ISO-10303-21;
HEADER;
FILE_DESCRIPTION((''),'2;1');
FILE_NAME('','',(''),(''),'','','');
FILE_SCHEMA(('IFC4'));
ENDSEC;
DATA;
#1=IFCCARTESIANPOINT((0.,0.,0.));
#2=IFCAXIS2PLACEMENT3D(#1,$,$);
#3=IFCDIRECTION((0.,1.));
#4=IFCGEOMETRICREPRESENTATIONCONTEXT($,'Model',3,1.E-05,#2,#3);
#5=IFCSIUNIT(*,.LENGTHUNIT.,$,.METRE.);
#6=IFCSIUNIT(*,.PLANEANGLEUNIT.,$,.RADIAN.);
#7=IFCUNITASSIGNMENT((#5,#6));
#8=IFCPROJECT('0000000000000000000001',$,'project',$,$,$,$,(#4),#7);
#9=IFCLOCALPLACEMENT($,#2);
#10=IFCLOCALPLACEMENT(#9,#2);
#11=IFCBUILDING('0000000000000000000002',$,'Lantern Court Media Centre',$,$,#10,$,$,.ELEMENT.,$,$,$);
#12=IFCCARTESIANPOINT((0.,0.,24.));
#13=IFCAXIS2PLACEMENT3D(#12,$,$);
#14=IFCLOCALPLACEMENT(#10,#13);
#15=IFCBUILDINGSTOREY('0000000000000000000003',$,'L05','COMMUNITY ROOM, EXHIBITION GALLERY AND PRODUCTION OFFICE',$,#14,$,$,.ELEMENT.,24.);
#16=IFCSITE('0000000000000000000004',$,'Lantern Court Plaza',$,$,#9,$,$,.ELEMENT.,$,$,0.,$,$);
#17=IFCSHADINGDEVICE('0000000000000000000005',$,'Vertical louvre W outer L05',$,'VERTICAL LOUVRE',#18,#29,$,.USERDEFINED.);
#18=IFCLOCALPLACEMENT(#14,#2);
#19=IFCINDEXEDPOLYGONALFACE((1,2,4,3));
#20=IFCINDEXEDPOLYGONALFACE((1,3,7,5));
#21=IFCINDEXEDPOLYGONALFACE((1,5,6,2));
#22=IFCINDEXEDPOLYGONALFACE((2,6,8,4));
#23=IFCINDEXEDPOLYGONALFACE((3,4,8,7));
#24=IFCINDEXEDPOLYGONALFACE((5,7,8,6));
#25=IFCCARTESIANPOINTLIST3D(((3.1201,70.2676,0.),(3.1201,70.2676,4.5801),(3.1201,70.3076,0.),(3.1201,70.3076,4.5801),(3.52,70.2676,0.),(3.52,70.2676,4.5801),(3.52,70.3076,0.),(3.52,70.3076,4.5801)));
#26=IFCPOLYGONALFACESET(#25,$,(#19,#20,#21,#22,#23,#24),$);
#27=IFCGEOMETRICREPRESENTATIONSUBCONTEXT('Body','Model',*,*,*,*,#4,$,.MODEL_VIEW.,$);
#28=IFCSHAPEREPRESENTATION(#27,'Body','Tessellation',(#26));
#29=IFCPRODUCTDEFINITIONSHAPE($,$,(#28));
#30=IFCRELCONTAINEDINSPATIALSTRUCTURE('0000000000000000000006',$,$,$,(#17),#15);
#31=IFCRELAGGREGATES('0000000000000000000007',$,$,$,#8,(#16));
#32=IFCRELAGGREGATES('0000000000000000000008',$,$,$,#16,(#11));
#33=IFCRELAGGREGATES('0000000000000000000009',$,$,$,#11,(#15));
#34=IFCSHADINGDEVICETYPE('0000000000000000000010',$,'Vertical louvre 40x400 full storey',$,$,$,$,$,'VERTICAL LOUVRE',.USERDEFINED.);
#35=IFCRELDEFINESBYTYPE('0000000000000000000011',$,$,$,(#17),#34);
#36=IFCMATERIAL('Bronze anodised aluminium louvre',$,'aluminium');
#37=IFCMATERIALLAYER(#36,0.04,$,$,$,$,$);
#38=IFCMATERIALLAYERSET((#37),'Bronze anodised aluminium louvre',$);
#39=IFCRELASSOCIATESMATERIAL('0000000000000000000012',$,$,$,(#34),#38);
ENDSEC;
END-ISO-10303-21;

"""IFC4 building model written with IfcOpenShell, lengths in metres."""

from ifc_helpers import new_model, si_unit, direction, frame, origin, origin_2d, place, context, subcontext, project, spatial, rectangle, extrude, material, layer, layer_set, type_object, element, save


model = new_model("IFC4")

# Units and contexts
model_context = context("Model", 3, precision=1e-05, world=origin(), true_north=direction((0.0, 1.0)))
body_context = subcontext(model_context, "Body", "Model", "MODEL_VIEW")
ifc_project = project(units=[si_unit("LENGTHUNIT", "METRE"), si_unit("PLANEANGLEUNIT", "RADIAN")], contexts=[model_context])

# Site, building, storey
site_placement = place(None, origin())
site = spatial("IfcSite", under=ifc_project, at=site_placement, Name="Lantern Court Plaza", CompositionType="ELEMENT", RefElevation=0.0)
building_placement = place(site_placement, origin())
building = spatial("IfcBuilding", under=site, at=building_placement, Name="Lantern Court Media Centre", CompositionType="ELEMENT")
storey_placement = place(building_placement, frame((0.0, 0.0, 24.0)))
storey = spatial("IfcBuildingStorey", under=building, at=storey_placement, Name="L05", Description="COMMUNITY ROOM, EXHIBITION GALLERY AND PRODUCTION OFFICE", CompositionType="ELEMENT", Elevation=24.0)

# Shading device
ifc_material_1 = material(Name="Bronze anodised aluminium louvre", Category="aluminium")
ifc_layer_1 = layer(ifc_material_1, 0.04)
ifc_layer_set_1 = layer_set([ifc_layer_1], Name="Bronze anodised aluminium louvre")
shading_device_type = type_object("IfcShadingDeviceType", Name="Vertical louvre 40x400 full storey", ElementType="VERTICAL LOUVRE", PredefinedType="USERDEFINED", material=ifc_layer_set_1)
for number, where, z_axis, x_axis, name in (
    (1, (3.3201, 70.2876, 0.0), (0.0, 0.0, 1.0), (1.0, 0.0, 0.0), "Vertical louvre W outer L05"),
):
    element("IfcShadingDevice", number, at=place(storey_placement, frame(where, z_axis=z_axis, x_axis=x_axis)), inside=storey, type_object=shading_device_type, Name=name, ObjectType="VERTICAL LOUVRE", PredefinedType="USERDEFINED", context=body_context, shape_type="SweptSolid", body=[
        extrude(rectangle(XDim=0.3999, YDim=0.04, at=origin_2d()), origin(), (0.0, 0.0, 1.0), 4.5801),
    ])

save(model, "model.ifc")
